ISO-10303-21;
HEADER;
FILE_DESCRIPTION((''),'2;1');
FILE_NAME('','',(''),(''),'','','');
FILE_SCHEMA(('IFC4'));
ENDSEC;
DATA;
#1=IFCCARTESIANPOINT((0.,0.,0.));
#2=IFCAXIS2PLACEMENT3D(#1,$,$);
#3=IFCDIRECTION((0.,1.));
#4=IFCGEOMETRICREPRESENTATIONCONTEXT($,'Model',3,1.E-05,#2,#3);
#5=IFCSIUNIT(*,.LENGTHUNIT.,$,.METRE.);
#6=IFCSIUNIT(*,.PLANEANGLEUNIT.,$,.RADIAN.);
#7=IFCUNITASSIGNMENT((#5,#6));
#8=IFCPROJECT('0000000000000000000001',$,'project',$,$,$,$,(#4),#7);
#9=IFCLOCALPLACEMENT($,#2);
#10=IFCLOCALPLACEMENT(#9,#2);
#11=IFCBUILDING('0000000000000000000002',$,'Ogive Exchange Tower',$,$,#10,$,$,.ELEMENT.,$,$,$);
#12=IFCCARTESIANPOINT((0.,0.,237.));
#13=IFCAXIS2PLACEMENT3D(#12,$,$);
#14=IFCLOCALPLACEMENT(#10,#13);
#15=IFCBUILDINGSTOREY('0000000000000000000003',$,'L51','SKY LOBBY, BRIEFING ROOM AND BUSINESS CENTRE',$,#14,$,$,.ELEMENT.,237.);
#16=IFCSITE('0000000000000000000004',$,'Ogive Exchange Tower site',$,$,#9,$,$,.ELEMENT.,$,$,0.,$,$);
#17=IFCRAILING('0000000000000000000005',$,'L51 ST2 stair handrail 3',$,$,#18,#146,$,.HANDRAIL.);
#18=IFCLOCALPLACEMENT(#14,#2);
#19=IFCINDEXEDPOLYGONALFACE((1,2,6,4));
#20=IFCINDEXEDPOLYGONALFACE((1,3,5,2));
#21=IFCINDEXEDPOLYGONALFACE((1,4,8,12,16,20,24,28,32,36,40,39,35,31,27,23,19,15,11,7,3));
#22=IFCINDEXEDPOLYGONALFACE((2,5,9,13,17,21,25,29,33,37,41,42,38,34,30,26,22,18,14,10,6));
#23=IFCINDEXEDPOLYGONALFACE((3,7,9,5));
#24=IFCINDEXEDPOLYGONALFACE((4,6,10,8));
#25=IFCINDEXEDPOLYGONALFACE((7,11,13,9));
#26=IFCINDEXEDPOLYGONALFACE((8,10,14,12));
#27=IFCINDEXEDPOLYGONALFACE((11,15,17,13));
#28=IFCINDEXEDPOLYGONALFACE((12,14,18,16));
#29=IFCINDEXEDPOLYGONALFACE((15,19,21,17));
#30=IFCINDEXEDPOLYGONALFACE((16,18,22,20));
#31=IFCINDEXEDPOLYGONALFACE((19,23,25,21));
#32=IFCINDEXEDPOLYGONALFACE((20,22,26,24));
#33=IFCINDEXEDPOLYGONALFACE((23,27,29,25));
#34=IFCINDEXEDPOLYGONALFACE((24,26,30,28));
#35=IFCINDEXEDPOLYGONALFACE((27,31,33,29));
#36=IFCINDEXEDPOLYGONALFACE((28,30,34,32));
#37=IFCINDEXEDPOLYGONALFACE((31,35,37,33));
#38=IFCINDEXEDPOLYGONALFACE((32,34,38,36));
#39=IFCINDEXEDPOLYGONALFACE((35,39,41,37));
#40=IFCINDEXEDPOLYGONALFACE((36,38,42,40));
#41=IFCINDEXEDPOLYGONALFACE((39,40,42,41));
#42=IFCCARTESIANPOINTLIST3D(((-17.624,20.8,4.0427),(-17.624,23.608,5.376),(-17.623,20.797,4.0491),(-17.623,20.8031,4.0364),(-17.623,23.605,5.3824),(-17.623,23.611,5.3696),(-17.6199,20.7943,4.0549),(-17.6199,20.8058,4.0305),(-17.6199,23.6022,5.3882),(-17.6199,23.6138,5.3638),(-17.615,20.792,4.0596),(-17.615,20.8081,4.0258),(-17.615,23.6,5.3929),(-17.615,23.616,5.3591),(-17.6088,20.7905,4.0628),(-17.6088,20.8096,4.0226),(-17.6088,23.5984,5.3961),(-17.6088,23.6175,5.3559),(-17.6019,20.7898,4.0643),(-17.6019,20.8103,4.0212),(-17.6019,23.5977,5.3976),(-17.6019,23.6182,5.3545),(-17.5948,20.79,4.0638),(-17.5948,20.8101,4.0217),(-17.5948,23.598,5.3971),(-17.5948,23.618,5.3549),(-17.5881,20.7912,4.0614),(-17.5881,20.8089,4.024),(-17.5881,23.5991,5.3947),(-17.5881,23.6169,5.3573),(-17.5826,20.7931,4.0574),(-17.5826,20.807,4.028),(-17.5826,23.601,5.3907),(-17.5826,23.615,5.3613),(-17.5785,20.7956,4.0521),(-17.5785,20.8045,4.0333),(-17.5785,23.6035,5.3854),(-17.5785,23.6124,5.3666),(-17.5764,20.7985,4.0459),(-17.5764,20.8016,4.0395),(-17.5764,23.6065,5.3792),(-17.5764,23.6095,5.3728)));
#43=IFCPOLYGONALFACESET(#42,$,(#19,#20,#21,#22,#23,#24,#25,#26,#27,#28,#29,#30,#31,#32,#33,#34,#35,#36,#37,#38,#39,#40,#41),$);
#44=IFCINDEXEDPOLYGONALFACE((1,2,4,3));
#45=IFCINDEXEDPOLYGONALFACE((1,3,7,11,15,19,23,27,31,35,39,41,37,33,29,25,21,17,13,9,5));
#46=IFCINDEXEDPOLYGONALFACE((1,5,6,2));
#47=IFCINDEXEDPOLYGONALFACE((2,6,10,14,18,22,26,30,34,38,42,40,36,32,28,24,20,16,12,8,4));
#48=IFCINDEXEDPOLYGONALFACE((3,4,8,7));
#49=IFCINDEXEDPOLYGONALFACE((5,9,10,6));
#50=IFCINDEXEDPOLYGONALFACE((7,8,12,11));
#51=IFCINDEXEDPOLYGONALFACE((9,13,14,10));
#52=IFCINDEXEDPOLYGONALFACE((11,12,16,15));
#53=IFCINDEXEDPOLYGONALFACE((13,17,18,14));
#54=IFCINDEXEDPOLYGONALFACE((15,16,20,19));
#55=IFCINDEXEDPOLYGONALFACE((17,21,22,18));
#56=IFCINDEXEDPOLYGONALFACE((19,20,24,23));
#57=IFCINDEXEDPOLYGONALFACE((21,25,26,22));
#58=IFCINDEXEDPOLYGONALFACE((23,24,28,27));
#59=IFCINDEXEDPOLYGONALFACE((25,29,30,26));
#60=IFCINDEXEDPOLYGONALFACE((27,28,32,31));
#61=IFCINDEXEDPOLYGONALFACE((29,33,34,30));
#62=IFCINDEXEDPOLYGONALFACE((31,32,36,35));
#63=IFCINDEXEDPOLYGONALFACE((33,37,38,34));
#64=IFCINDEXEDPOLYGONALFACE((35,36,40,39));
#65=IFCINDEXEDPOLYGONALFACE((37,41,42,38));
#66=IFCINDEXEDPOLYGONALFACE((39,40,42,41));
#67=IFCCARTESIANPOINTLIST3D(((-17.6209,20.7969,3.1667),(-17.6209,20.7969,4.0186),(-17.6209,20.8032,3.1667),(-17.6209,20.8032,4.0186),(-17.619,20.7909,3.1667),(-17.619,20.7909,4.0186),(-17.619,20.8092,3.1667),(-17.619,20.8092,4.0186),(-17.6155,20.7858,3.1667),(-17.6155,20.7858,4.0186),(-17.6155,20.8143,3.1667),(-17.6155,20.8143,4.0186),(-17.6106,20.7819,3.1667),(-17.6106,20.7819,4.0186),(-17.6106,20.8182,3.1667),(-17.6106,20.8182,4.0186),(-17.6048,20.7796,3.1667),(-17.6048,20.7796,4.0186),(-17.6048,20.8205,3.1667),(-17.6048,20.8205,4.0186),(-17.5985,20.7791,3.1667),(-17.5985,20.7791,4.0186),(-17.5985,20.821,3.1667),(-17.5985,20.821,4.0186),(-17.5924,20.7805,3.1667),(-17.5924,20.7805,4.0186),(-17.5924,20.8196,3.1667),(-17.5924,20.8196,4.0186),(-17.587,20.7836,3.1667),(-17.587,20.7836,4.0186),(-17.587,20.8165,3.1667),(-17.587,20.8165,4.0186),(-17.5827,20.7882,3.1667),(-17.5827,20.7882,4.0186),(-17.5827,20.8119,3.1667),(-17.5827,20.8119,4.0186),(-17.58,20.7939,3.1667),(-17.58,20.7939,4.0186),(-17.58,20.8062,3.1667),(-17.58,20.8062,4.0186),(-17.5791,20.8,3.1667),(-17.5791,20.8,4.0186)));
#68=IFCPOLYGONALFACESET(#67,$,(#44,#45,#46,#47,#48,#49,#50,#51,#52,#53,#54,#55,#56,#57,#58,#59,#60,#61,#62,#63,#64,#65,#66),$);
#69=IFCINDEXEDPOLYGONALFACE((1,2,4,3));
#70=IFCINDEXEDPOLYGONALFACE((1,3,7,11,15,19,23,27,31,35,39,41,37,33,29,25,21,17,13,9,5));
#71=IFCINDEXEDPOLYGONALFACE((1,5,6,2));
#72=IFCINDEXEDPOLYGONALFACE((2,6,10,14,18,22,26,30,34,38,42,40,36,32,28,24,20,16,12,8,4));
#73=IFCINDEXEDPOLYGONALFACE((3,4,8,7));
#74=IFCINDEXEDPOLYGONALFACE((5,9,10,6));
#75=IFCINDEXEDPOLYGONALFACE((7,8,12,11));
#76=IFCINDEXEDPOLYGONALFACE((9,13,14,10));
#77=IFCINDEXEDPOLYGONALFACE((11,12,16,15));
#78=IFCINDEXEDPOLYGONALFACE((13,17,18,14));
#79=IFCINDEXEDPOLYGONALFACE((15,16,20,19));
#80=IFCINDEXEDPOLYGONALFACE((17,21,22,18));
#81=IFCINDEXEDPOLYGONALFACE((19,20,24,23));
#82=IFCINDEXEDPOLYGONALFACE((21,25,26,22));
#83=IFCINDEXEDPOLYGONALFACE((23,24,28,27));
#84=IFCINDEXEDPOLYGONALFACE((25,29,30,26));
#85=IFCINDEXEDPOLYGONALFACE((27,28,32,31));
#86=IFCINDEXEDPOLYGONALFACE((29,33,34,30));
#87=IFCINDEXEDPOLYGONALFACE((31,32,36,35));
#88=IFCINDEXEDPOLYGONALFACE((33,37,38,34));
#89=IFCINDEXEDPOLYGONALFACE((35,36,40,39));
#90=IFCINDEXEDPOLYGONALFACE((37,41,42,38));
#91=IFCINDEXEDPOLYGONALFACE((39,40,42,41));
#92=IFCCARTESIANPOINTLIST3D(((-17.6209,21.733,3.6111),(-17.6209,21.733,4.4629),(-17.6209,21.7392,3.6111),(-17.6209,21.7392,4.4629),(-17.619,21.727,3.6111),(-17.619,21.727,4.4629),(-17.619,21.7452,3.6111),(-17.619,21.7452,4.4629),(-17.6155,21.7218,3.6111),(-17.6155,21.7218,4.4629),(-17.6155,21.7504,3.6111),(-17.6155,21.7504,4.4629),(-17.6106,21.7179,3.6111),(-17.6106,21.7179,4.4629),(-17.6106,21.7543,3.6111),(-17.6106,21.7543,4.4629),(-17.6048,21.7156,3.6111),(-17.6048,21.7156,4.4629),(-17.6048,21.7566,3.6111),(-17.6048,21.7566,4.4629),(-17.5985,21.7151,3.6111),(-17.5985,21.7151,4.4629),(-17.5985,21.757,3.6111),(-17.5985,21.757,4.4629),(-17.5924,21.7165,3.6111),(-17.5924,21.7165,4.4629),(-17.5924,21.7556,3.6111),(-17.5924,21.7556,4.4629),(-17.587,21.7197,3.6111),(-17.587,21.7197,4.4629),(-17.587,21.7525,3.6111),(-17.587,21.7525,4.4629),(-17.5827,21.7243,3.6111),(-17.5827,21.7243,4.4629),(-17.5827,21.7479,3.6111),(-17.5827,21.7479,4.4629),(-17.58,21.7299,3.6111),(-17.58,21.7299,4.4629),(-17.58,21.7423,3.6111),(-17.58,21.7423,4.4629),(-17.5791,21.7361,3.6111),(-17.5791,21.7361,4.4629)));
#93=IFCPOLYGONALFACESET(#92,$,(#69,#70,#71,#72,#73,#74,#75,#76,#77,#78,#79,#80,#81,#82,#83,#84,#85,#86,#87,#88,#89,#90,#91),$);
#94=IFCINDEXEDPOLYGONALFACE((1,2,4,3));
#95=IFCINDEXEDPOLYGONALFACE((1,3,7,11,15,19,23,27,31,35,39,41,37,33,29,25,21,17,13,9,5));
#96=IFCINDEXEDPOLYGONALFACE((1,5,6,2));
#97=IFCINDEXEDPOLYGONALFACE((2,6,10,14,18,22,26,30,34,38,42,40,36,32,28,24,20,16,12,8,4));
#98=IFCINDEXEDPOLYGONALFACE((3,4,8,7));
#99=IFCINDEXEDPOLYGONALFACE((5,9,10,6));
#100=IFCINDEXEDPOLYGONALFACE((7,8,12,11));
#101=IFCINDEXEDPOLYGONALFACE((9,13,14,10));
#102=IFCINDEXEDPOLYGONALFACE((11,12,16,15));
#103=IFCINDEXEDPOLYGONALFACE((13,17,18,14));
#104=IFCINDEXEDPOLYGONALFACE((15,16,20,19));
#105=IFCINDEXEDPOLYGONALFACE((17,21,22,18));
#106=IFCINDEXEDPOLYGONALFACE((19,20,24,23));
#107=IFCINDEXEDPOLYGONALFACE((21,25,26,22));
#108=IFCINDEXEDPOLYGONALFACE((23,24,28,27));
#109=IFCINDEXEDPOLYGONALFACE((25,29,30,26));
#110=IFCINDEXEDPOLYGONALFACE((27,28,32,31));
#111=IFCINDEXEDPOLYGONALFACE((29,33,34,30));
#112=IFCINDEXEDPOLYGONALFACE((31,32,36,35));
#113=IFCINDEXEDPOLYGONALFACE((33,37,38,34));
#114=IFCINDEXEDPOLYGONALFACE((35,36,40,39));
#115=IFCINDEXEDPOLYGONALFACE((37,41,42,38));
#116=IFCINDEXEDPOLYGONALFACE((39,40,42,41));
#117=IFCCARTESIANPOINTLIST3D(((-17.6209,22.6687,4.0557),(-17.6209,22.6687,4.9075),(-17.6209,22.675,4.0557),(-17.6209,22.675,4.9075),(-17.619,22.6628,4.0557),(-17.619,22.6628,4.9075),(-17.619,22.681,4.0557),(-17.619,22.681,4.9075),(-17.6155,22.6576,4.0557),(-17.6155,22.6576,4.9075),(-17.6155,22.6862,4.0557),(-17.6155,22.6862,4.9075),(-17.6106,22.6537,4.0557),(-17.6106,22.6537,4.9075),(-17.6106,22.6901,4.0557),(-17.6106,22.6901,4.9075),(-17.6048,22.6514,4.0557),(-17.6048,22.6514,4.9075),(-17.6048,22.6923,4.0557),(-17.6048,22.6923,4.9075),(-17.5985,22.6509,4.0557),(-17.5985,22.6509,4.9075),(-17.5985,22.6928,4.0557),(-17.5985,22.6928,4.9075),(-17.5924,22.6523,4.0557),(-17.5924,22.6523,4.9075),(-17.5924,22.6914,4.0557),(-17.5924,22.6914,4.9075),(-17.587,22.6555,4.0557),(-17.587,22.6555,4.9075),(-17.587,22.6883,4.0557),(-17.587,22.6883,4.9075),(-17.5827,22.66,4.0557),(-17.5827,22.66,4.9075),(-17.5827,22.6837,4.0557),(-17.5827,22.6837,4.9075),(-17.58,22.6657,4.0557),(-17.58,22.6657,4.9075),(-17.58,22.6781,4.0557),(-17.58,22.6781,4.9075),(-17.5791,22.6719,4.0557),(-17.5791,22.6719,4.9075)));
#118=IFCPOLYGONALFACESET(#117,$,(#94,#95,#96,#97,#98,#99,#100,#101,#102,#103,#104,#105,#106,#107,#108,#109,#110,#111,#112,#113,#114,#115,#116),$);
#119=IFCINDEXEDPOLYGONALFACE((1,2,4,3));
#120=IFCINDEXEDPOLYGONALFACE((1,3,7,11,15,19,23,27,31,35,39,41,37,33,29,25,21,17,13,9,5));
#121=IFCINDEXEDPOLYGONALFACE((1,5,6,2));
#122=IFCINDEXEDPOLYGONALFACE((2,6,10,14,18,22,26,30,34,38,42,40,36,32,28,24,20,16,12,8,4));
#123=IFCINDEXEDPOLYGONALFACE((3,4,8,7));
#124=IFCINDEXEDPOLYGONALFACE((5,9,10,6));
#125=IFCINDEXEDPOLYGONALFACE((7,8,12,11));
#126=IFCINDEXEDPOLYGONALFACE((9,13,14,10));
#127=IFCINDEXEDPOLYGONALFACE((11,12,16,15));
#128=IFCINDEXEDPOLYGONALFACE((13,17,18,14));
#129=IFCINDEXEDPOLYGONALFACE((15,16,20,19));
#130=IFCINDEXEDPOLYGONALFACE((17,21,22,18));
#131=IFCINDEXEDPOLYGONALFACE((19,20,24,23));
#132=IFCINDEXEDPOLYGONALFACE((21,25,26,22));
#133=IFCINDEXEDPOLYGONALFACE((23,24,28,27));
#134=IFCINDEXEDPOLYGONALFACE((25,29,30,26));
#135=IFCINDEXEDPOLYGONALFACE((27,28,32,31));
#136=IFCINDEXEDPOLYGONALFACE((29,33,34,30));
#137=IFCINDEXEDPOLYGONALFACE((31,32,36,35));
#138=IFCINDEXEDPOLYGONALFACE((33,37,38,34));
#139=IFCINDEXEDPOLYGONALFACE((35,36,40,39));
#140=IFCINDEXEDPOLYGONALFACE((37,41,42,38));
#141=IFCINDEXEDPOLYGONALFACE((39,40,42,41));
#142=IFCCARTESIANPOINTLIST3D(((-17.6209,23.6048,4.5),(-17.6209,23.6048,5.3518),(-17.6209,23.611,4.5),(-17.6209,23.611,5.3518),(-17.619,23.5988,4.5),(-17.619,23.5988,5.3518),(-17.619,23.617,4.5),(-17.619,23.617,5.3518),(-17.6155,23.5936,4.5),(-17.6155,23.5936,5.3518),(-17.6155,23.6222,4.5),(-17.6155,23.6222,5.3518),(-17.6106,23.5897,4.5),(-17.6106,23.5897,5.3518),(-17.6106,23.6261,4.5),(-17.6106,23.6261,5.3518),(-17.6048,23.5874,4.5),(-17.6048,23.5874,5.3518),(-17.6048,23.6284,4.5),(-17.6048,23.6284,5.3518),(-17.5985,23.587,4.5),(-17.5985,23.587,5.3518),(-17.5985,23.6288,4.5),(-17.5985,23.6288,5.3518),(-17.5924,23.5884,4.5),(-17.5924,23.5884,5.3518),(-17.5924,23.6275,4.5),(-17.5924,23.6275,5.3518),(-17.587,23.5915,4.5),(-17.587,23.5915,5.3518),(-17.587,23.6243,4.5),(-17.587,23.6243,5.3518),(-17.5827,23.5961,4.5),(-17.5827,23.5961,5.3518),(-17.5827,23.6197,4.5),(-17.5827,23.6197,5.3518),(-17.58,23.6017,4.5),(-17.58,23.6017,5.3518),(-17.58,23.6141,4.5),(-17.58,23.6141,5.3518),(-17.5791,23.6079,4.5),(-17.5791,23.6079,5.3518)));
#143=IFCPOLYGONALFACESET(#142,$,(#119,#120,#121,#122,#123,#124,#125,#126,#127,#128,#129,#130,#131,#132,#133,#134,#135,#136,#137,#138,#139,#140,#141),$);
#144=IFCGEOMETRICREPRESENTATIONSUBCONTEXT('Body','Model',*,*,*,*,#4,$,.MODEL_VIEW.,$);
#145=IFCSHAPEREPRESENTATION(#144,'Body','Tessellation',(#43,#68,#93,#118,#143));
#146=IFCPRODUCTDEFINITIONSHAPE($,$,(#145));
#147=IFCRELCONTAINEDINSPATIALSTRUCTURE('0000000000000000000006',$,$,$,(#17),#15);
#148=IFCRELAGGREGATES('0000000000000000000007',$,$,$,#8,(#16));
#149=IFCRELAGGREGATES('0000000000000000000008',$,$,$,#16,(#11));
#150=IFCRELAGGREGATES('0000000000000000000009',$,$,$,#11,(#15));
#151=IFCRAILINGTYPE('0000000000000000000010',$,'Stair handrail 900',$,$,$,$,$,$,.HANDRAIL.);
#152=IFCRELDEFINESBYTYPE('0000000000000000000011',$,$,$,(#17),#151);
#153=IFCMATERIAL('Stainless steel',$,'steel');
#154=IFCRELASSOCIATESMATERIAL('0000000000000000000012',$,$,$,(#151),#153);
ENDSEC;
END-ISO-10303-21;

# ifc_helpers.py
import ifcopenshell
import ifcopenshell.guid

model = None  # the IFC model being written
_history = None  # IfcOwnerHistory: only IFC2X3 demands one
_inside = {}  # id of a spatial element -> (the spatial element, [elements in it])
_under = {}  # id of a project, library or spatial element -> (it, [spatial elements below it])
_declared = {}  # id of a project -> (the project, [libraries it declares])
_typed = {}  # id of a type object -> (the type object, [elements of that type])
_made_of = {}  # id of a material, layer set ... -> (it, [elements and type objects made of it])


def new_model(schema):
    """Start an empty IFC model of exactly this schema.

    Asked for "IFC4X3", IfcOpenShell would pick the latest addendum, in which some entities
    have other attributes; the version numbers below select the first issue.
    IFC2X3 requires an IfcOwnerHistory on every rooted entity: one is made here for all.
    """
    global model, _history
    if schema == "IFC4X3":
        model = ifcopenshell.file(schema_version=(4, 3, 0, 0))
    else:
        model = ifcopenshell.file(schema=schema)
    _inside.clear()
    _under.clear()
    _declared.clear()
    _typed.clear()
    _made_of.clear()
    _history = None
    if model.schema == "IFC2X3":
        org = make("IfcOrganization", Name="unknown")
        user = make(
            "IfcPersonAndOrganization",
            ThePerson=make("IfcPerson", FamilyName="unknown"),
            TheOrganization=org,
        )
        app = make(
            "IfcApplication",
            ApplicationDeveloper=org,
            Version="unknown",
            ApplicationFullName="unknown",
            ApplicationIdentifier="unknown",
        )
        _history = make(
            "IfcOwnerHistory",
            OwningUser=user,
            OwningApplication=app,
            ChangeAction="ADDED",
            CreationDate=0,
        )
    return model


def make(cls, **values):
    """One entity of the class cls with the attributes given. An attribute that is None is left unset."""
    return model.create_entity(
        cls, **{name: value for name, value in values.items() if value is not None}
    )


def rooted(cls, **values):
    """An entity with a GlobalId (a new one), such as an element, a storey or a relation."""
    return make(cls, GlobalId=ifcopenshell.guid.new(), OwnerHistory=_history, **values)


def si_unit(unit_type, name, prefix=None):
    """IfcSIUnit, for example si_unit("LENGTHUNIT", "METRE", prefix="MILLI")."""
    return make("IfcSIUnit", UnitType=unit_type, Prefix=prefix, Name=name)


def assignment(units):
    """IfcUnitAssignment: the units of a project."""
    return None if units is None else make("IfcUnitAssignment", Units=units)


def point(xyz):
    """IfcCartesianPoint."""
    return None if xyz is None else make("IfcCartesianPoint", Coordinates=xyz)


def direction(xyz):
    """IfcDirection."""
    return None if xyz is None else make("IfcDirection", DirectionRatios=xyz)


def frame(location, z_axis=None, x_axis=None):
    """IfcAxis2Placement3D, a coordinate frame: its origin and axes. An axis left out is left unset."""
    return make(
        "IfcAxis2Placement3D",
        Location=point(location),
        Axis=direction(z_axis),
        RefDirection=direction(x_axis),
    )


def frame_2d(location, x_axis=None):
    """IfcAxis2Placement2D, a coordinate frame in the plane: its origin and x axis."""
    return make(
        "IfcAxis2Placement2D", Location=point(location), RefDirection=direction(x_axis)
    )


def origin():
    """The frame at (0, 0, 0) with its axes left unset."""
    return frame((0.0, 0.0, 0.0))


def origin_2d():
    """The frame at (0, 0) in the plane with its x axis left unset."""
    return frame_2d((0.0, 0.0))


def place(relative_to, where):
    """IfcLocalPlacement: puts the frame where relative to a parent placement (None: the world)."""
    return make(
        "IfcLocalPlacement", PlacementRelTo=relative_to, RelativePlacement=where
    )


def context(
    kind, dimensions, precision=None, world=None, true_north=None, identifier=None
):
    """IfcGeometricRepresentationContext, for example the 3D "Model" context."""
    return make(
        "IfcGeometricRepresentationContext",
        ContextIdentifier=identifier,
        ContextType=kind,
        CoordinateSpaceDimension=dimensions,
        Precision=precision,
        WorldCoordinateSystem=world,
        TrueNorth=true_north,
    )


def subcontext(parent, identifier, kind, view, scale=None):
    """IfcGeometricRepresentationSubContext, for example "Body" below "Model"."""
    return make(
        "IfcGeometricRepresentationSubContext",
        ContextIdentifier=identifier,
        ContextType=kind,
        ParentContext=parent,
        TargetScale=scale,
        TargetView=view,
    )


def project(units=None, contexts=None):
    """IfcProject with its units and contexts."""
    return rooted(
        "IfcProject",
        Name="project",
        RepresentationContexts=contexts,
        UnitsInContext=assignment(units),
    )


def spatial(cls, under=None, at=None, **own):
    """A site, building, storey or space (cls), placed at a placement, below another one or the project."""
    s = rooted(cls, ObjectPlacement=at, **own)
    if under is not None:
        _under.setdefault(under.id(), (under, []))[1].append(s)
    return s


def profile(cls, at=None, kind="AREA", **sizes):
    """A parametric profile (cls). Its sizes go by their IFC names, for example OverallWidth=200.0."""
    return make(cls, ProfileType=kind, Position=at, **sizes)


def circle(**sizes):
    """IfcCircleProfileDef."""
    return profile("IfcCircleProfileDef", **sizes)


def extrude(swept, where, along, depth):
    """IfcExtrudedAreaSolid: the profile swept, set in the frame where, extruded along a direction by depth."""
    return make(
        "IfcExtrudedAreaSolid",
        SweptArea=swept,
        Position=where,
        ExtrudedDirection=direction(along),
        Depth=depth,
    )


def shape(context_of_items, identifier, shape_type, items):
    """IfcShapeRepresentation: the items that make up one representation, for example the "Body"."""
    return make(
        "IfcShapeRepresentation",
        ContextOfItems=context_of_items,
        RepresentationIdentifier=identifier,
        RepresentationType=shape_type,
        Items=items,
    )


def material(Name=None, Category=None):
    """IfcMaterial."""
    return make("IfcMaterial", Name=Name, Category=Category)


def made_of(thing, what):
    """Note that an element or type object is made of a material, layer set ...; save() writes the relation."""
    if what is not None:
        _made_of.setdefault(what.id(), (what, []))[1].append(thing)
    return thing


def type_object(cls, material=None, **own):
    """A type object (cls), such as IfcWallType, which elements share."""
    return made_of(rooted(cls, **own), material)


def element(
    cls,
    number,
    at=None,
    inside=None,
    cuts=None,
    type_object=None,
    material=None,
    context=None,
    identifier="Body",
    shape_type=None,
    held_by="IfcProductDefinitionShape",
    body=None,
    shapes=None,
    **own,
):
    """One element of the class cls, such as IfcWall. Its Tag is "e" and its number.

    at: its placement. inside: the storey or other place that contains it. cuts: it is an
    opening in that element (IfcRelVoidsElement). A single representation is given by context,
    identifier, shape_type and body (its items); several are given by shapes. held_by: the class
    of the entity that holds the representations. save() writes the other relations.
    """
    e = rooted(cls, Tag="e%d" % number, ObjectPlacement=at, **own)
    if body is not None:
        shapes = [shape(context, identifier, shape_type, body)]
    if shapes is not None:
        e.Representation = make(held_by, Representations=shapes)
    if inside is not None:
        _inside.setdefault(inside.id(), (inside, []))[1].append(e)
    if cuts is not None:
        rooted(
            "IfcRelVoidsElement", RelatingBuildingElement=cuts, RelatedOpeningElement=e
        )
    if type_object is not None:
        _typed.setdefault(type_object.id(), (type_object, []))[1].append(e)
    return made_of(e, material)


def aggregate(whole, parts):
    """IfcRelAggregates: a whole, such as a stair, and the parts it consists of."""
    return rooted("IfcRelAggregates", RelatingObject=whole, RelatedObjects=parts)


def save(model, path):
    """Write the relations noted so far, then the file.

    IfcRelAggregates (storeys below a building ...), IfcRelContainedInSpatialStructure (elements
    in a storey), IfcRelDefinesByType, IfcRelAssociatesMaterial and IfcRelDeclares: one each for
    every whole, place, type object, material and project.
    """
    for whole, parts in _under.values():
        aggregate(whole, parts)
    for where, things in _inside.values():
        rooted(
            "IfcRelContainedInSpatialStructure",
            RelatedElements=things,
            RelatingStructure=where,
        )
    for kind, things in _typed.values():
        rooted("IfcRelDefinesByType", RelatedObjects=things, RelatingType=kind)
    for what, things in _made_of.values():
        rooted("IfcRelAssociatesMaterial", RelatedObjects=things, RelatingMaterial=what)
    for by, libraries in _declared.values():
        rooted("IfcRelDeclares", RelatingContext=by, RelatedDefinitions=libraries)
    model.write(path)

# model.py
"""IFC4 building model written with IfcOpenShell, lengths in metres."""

from ifc_helpers import new_model, si_unit, direction, frame, origin, origin_2d, place, context, subcontext, project, spatial, circle, extrude, material, type_object, element, save


model = new_model("IFC4")

# Units and contexts
model_context = context("Model", 3, precision=1e-05, world=origin(), true_north=direction((0.0, 1.0)))
body_context = subcontext(model_context, "Body", "Model", "MODEL_VIEW")
ifc_project = project(units=[si_unit("LENGTHUNIT", "METRE"), si_unit("PLANEANGLEUNIT", "RADIAN")], contexts=[model_context])

# Site, building, storey
site_placement = place(None, origin())
site = spatial("IfcSite", under=ifc_project, at=site_placement, Name="Ogive Exchange Tower site", CompositionType="ELEMENT", RefElevation=0.0)
building_placement = place(site_placement, origin())
building = spatial("IfcBuilding", under=site, at=building_placement, Name="Ogive Exchange Tower", CompositionType="ELEMENT")
storey_placement = place(building_placement, frame((0.0, 0.0, 237.0)))
storey = spatial("IfcBuildingStorey", under=building, at=storey_placement, Name="L51", Description="SKY LOBBY, BRIEFING ROOM AND BUSINESS CENTRE", CompositionType="ELEMENT", Elevation=237.0)

# Railing
ifc_material_1 = material(Name="Stainless steel", Category="steel")
railing_type = type_object("IfcRailingType", Name="Stair handrail 900", PredefinedType="HANDRAIL", material=ifc_material_1)
railing_1_placement = place(storey_placement, frame((-17.6001, 20.8, 3.1667)))
element("IfcRailing", 1, at=railing_1_placement, inside=storey, type_object=railing_type, Name="L51 ST2 stair handrail 3", PredefinedType="HANDRAIL", context=body_context, shape_type="SweptSolid", body=[
    extrude(circle(Radius=0.0239, at=origin_2d()), frame((0.0, 0.0, 0.876), z_axis=(0.0, 0.903338, 0.42893), x_axis=(-1.0, 0.0, 0.0)), (0.0, 0.0, 1.0), 3.1084),
    extrude(circle(Radius=0.021, at=origin_2d()), origin(), (0.0, 0.0, 1.0), 0.8518),
    extrude(circle(Radius=0.021, at=origin_2d()), frame((0.0, 0.936, 0.4443)), (0.0, 0.0, 1.0), 0.8518),
    extrude(circle(Radius=0.021, at=origin_2d()), frame((0.0, 1.8718, 0.8889)), (0.0, 0.0, 1.0), 0.8518),
    extrude(circle(Radius=0.021, at=origin_2d()), frame((0.0, 2.8079, 1.3333)), (0.0, 0.0, 1.0), 0.8518),
])

save(model, "model.ifc")
